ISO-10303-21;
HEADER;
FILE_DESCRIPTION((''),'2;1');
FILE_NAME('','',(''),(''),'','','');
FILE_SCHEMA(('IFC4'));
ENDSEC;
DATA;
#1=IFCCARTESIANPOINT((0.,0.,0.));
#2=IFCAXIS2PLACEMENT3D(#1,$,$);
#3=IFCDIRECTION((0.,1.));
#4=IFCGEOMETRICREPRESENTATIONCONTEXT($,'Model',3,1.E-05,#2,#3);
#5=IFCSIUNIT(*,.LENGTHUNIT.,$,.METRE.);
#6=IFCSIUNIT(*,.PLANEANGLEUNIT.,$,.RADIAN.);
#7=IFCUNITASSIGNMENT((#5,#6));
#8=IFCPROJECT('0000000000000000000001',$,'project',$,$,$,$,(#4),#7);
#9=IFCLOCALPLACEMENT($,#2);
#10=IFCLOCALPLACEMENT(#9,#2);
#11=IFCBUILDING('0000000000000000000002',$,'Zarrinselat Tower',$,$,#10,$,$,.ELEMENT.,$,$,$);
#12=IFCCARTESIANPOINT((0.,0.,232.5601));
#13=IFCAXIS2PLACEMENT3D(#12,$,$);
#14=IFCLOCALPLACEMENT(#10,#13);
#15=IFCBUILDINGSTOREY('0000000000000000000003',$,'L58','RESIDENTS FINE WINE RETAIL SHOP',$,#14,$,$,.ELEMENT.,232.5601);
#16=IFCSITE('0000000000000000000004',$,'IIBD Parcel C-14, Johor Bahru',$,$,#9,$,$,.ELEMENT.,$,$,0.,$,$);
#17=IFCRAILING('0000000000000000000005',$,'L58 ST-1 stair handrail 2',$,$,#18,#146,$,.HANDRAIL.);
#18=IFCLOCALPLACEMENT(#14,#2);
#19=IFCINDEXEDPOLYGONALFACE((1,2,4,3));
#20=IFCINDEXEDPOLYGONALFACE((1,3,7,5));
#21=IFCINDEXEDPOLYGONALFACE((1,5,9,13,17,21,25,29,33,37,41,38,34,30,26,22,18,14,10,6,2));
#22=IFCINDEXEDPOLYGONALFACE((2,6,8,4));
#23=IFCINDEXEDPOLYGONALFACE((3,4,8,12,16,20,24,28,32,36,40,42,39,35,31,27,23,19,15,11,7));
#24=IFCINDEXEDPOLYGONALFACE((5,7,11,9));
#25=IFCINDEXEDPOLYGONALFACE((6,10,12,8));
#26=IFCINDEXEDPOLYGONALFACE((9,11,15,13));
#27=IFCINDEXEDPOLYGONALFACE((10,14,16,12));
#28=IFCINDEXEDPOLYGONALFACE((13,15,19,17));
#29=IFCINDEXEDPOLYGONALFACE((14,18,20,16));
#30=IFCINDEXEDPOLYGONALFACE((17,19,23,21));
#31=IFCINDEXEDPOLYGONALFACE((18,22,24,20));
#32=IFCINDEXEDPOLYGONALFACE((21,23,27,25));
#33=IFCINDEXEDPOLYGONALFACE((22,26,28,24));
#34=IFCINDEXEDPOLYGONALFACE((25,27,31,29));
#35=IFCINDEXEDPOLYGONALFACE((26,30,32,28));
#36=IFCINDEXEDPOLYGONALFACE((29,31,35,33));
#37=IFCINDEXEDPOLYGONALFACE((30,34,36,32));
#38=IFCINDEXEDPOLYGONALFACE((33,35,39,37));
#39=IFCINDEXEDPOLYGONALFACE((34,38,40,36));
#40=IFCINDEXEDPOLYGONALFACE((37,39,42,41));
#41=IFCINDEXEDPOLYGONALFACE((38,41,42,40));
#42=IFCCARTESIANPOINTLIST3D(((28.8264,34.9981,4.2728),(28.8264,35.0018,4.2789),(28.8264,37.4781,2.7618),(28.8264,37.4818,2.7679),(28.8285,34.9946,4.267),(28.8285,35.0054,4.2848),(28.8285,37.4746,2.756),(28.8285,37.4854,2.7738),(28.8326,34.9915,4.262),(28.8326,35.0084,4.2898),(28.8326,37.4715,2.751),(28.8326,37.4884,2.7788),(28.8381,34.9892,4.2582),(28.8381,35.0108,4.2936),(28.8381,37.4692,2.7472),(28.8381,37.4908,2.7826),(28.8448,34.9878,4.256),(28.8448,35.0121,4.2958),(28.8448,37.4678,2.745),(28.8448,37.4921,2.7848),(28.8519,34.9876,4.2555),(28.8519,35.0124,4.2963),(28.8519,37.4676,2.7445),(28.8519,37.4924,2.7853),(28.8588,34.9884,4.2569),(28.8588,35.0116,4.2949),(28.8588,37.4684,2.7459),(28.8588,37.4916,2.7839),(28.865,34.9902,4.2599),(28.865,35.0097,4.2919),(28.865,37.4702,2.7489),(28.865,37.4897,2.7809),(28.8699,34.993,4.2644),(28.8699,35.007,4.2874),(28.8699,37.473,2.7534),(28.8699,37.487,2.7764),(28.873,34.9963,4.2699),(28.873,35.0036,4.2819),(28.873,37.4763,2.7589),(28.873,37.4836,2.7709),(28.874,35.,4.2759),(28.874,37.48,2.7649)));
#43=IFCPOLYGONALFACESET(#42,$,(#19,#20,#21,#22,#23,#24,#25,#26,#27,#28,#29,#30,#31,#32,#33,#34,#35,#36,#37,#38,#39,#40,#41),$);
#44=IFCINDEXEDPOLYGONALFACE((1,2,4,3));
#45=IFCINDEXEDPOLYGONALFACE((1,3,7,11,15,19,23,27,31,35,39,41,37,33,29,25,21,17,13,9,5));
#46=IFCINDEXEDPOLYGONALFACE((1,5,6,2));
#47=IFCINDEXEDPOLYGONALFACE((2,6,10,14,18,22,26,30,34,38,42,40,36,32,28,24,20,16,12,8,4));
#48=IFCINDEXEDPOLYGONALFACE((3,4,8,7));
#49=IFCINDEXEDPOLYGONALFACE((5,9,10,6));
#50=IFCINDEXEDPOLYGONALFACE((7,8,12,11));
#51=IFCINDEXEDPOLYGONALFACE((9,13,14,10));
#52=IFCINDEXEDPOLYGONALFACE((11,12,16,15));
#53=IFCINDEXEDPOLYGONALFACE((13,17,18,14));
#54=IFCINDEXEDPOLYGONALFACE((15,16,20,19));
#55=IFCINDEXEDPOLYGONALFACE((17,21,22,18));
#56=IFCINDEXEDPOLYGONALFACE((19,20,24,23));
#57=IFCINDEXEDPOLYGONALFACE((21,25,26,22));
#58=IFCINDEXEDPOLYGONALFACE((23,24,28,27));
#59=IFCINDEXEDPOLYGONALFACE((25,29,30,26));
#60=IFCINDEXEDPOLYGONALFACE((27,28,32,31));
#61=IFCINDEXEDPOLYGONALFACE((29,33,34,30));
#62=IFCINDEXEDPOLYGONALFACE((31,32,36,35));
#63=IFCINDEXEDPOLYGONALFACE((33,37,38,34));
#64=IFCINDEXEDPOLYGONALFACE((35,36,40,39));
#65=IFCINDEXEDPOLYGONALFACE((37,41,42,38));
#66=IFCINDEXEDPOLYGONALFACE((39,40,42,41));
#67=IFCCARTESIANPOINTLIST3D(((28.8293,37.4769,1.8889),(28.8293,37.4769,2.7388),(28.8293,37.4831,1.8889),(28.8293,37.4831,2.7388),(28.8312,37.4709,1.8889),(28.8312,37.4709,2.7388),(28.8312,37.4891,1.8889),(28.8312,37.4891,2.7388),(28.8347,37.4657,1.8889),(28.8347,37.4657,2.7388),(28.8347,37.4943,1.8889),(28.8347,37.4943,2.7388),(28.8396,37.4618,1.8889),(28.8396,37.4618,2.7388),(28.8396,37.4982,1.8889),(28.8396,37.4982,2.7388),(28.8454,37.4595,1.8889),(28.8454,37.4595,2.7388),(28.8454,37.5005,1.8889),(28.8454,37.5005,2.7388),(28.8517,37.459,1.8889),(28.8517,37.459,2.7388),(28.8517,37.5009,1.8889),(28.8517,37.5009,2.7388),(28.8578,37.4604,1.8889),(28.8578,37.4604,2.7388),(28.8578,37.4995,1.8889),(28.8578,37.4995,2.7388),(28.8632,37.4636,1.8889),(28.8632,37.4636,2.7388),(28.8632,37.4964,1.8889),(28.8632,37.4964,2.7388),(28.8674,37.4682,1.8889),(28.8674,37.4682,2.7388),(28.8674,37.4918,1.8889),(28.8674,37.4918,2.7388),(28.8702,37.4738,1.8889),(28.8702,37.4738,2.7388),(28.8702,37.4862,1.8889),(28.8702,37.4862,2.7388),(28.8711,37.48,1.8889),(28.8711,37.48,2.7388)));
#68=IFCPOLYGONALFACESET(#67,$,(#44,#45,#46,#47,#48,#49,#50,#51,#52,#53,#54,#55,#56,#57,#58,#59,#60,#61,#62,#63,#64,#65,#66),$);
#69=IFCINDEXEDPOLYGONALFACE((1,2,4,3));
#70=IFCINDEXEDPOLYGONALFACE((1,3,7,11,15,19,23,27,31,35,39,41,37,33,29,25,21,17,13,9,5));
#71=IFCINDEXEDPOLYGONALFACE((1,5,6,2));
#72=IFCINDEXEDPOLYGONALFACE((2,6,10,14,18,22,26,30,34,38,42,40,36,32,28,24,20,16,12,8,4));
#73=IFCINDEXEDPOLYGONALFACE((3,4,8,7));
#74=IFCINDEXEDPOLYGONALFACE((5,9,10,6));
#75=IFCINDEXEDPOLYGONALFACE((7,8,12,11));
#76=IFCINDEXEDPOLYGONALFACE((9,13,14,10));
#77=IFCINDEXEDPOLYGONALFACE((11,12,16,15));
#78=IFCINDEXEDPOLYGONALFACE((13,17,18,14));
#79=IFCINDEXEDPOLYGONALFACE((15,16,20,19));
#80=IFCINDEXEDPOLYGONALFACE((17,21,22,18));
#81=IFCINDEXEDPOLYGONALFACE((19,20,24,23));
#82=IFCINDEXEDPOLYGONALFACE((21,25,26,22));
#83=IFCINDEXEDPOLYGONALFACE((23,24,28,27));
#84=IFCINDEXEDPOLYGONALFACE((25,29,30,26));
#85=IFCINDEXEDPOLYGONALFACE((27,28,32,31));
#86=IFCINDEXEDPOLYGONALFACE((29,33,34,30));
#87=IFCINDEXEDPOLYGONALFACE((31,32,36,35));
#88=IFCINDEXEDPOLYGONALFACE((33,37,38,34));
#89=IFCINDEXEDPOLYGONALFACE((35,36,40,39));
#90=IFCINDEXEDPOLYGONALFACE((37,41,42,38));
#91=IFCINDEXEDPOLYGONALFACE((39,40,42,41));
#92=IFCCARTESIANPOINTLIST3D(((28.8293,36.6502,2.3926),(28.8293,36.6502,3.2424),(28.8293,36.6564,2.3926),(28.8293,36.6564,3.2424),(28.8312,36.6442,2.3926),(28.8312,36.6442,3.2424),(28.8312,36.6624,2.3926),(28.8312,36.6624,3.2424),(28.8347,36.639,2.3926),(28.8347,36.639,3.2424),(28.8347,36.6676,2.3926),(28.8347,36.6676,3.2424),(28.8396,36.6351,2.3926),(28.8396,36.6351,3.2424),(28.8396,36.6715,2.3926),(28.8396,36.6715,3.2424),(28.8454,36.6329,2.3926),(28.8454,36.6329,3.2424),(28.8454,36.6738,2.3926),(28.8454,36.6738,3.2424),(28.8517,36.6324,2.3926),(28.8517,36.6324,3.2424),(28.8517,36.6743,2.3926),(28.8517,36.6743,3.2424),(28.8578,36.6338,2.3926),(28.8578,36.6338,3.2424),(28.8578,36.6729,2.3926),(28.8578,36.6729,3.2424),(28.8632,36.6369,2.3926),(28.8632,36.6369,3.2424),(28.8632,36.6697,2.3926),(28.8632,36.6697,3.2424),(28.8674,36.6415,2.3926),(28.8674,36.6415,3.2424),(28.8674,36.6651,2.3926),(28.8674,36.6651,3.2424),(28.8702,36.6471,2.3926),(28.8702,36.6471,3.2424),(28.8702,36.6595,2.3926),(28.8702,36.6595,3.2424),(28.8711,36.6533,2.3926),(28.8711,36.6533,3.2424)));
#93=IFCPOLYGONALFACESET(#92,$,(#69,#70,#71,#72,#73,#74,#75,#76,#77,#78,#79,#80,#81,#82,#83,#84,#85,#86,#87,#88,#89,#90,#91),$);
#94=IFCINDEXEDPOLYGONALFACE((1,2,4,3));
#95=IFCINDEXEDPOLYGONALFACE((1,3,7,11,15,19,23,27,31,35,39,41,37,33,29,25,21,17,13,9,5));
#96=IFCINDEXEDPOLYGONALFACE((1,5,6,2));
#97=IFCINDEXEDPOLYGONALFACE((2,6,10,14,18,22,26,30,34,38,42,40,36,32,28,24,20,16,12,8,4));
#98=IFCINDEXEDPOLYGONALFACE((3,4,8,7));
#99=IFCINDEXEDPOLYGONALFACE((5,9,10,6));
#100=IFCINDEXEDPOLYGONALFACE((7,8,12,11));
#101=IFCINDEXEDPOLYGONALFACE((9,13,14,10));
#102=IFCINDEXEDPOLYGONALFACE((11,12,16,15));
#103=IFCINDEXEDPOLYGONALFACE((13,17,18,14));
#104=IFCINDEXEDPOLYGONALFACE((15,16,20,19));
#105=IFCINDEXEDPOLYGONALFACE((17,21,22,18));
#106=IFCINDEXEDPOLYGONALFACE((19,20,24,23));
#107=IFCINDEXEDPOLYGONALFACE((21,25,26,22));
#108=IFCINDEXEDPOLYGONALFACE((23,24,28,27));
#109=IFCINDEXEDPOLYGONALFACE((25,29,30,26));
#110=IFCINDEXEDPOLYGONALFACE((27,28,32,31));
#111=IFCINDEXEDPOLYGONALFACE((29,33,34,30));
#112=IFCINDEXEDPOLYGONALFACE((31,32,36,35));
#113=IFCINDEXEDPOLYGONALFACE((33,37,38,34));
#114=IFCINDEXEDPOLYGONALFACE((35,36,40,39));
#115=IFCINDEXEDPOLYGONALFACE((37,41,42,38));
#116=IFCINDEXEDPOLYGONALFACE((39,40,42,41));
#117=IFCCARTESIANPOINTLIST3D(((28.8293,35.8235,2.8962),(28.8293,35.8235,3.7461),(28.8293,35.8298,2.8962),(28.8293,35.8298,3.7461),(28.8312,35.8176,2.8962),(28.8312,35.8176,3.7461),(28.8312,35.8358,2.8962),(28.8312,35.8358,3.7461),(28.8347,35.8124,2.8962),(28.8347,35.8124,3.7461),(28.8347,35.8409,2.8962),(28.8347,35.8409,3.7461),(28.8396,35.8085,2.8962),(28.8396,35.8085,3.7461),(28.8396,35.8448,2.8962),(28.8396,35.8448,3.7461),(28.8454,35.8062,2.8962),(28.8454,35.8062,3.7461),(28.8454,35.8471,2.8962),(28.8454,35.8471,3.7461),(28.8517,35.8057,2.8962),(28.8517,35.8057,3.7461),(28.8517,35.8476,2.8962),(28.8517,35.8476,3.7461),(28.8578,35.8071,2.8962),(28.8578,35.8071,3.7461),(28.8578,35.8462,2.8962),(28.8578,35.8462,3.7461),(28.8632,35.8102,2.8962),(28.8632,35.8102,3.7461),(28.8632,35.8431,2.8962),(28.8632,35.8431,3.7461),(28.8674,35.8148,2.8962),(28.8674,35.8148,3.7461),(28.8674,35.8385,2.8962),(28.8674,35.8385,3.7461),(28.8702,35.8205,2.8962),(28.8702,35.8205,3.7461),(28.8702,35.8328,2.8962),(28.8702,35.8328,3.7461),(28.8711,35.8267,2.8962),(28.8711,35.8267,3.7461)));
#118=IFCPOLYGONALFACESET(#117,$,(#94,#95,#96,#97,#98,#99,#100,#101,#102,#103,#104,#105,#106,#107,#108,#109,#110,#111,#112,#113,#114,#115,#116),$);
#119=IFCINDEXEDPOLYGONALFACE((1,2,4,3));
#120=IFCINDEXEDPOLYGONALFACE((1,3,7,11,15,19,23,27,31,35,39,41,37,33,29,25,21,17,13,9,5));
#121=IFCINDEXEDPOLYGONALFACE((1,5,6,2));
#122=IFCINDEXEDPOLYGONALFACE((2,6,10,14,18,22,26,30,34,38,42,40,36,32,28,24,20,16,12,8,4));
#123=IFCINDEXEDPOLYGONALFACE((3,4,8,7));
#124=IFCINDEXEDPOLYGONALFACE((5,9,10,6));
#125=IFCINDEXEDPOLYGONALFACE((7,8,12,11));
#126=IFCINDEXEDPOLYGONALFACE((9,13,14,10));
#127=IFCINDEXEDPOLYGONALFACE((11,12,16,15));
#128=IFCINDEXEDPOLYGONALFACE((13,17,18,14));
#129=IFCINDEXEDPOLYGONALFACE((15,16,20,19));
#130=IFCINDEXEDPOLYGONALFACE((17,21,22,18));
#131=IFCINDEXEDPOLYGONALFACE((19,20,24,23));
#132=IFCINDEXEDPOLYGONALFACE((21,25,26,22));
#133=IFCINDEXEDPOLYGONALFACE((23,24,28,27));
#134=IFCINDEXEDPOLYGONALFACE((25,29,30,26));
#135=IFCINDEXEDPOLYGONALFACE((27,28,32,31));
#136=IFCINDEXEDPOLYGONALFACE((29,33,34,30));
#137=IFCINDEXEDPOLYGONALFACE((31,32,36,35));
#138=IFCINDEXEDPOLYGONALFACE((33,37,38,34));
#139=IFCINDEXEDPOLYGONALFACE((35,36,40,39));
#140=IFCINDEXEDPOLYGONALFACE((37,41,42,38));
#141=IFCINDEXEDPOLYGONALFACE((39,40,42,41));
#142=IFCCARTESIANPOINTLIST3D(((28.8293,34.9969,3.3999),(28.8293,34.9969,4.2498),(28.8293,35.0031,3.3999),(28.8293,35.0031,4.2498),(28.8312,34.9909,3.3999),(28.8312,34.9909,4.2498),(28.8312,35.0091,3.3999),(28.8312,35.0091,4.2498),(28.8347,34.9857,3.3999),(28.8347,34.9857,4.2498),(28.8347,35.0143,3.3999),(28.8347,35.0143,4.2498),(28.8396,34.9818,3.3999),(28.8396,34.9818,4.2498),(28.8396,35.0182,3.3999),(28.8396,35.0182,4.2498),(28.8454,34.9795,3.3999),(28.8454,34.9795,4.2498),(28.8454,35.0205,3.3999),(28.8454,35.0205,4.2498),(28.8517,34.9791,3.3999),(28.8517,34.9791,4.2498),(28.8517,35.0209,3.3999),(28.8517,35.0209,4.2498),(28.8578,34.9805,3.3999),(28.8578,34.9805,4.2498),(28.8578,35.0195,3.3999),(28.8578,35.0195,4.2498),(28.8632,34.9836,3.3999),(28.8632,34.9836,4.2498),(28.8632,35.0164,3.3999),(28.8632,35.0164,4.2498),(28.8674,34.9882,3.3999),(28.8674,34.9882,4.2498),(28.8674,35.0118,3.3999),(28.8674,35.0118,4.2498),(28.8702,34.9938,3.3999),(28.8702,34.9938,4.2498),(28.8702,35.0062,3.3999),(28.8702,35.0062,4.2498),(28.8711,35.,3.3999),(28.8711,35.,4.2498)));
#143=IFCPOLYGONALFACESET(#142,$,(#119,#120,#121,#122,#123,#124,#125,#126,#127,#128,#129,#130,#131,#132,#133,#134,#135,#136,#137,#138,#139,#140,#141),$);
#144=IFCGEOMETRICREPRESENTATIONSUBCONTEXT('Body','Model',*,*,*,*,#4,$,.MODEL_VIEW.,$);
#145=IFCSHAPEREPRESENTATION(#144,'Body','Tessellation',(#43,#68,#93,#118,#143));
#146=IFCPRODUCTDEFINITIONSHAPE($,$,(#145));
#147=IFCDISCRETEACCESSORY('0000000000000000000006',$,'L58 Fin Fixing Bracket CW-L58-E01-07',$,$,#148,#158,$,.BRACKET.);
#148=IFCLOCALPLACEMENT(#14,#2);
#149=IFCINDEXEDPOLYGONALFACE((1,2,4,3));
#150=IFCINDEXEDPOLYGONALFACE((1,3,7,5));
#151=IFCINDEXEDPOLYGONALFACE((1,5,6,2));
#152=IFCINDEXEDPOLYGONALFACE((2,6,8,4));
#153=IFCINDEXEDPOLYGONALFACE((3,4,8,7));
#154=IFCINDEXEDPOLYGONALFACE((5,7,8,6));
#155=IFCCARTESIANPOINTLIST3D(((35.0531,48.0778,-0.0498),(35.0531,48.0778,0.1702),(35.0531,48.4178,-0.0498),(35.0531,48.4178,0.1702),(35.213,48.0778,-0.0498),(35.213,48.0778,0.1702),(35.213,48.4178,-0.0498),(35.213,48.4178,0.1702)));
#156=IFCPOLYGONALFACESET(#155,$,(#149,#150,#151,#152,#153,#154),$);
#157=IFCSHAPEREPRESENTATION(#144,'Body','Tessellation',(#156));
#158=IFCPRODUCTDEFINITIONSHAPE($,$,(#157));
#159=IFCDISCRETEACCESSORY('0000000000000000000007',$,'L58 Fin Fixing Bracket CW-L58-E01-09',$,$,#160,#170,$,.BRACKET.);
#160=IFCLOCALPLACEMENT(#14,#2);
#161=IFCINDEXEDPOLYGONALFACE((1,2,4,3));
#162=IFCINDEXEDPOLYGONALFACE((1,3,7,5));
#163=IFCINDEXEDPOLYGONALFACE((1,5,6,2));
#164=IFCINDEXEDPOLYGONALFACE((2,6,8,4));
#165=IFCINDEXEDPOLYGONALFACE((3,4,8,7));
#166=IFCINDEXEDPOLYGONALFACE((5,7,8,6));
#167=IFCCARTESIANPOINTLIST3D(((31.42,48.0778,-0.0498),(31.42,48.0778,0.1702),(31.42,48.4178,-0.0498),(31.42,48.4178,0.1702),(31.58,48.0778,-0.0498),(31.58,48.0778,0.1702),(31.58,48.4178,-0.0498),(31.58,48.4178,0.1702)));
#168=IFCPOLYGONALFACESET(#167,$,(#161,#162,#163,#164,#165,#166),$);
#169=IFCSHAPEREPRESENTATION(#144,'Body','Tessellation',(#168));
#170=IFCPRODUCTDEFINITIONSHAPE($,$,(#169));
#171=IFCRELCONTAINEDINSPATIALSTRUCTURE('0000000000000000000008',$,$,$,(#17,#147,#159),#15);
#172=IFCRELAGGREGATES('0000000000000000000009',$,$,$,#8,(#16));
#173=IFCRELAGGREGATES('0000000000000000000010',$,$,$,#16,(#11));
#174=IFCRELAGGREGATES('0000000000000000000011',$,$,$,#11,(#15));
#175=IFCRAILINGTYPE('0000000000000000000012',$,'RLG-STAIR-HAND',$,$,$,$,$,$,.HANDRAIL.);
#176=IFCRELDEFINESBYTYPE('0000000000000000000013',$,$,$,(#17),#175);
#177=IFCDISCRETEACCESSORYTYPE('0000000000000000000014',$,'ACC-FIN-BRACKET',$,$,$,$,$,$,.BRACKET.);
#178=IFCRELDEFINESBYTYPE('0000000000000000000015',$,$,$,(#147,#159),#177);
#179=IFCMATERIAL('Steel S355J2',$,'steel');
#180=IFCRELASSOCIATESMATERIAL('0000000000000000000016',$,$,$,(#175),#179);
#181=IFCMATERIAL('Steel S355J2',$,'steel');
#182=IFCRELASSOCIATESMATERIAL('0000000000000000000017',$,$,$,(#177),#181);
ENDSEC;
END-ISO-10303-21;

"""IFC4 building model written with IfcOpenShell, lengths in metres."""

from ifc_helpers import new_model, si_unit, direction, frame, origin, origin_2d, place, context, subcontext, project, spatial, rectangle, circle, extrude, material, type_object, element, save


model = new_model("IFC4")

# Units and contexts
model_context = context("Model", 3, precision=1e-05, world=origin(), true_north=direction((0.0, 1.0)))
body_context = subcontext(model_context, "Body", "Model", "MODEL_VIEW")
ifc_project = project(units=[si_unit("LENGTHUNIT", "METRE"), si_unit("PLANEANGLEUNIT", "RADIAN")], contexts=[model_context])

# Site, building, storey
site_placement = place(None, origin())
site = spatial("IfcSite", under=ifc_project, at=site_placement, Name="IIBD Parcel C-14, Johor Bahru", CompositionType="ELEMENT", RefElevation=0.0)
building_placement = place(site_placement, origin())
building = spatial("IfcBuilding", under=site, at=building_placement, Name="Zarrinselat Tower", CompositionType="ELEMENT")
storey_placement = place(building_placement, frame((0.0, 0.0, 232.5601)))
storey = spatial("IfcBuildingStorey", under=building, at=storey_placement, Name="L58", Description="RESIDENTS FINE WINE RETAIL SHOP", CompositionType="ELEMENT", Elevation=232.5601)

# Railing
ifc_material_1 = material(Name="Steel S355J2", Category="steel")
railing_type_1 = type_object("IfcRailingType", Name="RLG-STAIR-HAND", PredefinedType="HANDRAIL", material=ifc_material_1)
railing_1_placement = place(storey_placement, frame((28.8501, 37.48, 1.8889)))
element("IfcRailing", 1, at=railing_1_placement, inside=storey, type_object=railing_type_1, Name="L58 ST-1 stair handrail 2", PredefinedType="HANDRAIL", context=body_context, shape_type="SweptSolid", body=[
    extrude(circle(Radius=0.0239, at=origin_2d()), frame((0.0, 0.0, 0.876), z_axis=(0.0, -0.853979, 0.520307), x_axis=(1.0, 0.0, 0.0)), (0.0, 0.0, 1.0), 2.9041),
    extrude(circle(Radius=0.021, at=origin_2d()), origin(), (0.0, 0.0, 1.0), 0.8499),
    extrude(circle(Radius=0.021, at=origin_2d()), frame((0.0, -0.8267, 0.5037)), (0.0, 0.0, 1.0), 0.8499),
    extrude(circle(Radius=0.021, at=origin_2d()), frame((0.0, -1.6533, 1.0073)), (0.0, 0.0, 1.0), 0.8499),
    extrude(circle(Radius=0.021, at=origin_2d()), frame((0.0, -2.48, 1.511)), (0.0, 0.0, 1.0), 0.8499),
])

# Discrete accessories
ifc_material_2 = material(Name="Steel S355J2", Category="steel")
discrete_accessory_type = type_object("IfcDiscreteAccessoryType", Name="ACC-FIN-BRACKET", PredefinedType="BRACKET", material=ifc_material_2)
for number, where, z_axis, x_axis, name in (
    (2, (35.1331, 48.2478, -0.0498), (0.0, 0.0, 1.0), (0.0, 1.0, 0.0), "L58 Fin Fixing Bracket CW-L58-E01-07"),
    (3, (31.5, 48.2478, -0.0498), (0.0, 0.0, 1.0), (0.0, 1.0, 0.0), "L58 Fin Fixing Bracket CW-L58-E01-09"),
):
    element("IfcDiscreteAccessory", number, at=place(storey_placement, frame(where, z_axis=z_axis, x_axis=x_axis)), inside=storey, type_object=discrete_accessory_type, Name=name, PredefinedType="BRACKET", context=body_context, shape_type="SweptSolid", body=[
        extrude(rectangle(XDim=0.3401, YDim=0.1599, at=origin_2d()), origin(), (0.0, 0.0, 1.0), 0.22),
    ])

save(model, "model.ifc")
